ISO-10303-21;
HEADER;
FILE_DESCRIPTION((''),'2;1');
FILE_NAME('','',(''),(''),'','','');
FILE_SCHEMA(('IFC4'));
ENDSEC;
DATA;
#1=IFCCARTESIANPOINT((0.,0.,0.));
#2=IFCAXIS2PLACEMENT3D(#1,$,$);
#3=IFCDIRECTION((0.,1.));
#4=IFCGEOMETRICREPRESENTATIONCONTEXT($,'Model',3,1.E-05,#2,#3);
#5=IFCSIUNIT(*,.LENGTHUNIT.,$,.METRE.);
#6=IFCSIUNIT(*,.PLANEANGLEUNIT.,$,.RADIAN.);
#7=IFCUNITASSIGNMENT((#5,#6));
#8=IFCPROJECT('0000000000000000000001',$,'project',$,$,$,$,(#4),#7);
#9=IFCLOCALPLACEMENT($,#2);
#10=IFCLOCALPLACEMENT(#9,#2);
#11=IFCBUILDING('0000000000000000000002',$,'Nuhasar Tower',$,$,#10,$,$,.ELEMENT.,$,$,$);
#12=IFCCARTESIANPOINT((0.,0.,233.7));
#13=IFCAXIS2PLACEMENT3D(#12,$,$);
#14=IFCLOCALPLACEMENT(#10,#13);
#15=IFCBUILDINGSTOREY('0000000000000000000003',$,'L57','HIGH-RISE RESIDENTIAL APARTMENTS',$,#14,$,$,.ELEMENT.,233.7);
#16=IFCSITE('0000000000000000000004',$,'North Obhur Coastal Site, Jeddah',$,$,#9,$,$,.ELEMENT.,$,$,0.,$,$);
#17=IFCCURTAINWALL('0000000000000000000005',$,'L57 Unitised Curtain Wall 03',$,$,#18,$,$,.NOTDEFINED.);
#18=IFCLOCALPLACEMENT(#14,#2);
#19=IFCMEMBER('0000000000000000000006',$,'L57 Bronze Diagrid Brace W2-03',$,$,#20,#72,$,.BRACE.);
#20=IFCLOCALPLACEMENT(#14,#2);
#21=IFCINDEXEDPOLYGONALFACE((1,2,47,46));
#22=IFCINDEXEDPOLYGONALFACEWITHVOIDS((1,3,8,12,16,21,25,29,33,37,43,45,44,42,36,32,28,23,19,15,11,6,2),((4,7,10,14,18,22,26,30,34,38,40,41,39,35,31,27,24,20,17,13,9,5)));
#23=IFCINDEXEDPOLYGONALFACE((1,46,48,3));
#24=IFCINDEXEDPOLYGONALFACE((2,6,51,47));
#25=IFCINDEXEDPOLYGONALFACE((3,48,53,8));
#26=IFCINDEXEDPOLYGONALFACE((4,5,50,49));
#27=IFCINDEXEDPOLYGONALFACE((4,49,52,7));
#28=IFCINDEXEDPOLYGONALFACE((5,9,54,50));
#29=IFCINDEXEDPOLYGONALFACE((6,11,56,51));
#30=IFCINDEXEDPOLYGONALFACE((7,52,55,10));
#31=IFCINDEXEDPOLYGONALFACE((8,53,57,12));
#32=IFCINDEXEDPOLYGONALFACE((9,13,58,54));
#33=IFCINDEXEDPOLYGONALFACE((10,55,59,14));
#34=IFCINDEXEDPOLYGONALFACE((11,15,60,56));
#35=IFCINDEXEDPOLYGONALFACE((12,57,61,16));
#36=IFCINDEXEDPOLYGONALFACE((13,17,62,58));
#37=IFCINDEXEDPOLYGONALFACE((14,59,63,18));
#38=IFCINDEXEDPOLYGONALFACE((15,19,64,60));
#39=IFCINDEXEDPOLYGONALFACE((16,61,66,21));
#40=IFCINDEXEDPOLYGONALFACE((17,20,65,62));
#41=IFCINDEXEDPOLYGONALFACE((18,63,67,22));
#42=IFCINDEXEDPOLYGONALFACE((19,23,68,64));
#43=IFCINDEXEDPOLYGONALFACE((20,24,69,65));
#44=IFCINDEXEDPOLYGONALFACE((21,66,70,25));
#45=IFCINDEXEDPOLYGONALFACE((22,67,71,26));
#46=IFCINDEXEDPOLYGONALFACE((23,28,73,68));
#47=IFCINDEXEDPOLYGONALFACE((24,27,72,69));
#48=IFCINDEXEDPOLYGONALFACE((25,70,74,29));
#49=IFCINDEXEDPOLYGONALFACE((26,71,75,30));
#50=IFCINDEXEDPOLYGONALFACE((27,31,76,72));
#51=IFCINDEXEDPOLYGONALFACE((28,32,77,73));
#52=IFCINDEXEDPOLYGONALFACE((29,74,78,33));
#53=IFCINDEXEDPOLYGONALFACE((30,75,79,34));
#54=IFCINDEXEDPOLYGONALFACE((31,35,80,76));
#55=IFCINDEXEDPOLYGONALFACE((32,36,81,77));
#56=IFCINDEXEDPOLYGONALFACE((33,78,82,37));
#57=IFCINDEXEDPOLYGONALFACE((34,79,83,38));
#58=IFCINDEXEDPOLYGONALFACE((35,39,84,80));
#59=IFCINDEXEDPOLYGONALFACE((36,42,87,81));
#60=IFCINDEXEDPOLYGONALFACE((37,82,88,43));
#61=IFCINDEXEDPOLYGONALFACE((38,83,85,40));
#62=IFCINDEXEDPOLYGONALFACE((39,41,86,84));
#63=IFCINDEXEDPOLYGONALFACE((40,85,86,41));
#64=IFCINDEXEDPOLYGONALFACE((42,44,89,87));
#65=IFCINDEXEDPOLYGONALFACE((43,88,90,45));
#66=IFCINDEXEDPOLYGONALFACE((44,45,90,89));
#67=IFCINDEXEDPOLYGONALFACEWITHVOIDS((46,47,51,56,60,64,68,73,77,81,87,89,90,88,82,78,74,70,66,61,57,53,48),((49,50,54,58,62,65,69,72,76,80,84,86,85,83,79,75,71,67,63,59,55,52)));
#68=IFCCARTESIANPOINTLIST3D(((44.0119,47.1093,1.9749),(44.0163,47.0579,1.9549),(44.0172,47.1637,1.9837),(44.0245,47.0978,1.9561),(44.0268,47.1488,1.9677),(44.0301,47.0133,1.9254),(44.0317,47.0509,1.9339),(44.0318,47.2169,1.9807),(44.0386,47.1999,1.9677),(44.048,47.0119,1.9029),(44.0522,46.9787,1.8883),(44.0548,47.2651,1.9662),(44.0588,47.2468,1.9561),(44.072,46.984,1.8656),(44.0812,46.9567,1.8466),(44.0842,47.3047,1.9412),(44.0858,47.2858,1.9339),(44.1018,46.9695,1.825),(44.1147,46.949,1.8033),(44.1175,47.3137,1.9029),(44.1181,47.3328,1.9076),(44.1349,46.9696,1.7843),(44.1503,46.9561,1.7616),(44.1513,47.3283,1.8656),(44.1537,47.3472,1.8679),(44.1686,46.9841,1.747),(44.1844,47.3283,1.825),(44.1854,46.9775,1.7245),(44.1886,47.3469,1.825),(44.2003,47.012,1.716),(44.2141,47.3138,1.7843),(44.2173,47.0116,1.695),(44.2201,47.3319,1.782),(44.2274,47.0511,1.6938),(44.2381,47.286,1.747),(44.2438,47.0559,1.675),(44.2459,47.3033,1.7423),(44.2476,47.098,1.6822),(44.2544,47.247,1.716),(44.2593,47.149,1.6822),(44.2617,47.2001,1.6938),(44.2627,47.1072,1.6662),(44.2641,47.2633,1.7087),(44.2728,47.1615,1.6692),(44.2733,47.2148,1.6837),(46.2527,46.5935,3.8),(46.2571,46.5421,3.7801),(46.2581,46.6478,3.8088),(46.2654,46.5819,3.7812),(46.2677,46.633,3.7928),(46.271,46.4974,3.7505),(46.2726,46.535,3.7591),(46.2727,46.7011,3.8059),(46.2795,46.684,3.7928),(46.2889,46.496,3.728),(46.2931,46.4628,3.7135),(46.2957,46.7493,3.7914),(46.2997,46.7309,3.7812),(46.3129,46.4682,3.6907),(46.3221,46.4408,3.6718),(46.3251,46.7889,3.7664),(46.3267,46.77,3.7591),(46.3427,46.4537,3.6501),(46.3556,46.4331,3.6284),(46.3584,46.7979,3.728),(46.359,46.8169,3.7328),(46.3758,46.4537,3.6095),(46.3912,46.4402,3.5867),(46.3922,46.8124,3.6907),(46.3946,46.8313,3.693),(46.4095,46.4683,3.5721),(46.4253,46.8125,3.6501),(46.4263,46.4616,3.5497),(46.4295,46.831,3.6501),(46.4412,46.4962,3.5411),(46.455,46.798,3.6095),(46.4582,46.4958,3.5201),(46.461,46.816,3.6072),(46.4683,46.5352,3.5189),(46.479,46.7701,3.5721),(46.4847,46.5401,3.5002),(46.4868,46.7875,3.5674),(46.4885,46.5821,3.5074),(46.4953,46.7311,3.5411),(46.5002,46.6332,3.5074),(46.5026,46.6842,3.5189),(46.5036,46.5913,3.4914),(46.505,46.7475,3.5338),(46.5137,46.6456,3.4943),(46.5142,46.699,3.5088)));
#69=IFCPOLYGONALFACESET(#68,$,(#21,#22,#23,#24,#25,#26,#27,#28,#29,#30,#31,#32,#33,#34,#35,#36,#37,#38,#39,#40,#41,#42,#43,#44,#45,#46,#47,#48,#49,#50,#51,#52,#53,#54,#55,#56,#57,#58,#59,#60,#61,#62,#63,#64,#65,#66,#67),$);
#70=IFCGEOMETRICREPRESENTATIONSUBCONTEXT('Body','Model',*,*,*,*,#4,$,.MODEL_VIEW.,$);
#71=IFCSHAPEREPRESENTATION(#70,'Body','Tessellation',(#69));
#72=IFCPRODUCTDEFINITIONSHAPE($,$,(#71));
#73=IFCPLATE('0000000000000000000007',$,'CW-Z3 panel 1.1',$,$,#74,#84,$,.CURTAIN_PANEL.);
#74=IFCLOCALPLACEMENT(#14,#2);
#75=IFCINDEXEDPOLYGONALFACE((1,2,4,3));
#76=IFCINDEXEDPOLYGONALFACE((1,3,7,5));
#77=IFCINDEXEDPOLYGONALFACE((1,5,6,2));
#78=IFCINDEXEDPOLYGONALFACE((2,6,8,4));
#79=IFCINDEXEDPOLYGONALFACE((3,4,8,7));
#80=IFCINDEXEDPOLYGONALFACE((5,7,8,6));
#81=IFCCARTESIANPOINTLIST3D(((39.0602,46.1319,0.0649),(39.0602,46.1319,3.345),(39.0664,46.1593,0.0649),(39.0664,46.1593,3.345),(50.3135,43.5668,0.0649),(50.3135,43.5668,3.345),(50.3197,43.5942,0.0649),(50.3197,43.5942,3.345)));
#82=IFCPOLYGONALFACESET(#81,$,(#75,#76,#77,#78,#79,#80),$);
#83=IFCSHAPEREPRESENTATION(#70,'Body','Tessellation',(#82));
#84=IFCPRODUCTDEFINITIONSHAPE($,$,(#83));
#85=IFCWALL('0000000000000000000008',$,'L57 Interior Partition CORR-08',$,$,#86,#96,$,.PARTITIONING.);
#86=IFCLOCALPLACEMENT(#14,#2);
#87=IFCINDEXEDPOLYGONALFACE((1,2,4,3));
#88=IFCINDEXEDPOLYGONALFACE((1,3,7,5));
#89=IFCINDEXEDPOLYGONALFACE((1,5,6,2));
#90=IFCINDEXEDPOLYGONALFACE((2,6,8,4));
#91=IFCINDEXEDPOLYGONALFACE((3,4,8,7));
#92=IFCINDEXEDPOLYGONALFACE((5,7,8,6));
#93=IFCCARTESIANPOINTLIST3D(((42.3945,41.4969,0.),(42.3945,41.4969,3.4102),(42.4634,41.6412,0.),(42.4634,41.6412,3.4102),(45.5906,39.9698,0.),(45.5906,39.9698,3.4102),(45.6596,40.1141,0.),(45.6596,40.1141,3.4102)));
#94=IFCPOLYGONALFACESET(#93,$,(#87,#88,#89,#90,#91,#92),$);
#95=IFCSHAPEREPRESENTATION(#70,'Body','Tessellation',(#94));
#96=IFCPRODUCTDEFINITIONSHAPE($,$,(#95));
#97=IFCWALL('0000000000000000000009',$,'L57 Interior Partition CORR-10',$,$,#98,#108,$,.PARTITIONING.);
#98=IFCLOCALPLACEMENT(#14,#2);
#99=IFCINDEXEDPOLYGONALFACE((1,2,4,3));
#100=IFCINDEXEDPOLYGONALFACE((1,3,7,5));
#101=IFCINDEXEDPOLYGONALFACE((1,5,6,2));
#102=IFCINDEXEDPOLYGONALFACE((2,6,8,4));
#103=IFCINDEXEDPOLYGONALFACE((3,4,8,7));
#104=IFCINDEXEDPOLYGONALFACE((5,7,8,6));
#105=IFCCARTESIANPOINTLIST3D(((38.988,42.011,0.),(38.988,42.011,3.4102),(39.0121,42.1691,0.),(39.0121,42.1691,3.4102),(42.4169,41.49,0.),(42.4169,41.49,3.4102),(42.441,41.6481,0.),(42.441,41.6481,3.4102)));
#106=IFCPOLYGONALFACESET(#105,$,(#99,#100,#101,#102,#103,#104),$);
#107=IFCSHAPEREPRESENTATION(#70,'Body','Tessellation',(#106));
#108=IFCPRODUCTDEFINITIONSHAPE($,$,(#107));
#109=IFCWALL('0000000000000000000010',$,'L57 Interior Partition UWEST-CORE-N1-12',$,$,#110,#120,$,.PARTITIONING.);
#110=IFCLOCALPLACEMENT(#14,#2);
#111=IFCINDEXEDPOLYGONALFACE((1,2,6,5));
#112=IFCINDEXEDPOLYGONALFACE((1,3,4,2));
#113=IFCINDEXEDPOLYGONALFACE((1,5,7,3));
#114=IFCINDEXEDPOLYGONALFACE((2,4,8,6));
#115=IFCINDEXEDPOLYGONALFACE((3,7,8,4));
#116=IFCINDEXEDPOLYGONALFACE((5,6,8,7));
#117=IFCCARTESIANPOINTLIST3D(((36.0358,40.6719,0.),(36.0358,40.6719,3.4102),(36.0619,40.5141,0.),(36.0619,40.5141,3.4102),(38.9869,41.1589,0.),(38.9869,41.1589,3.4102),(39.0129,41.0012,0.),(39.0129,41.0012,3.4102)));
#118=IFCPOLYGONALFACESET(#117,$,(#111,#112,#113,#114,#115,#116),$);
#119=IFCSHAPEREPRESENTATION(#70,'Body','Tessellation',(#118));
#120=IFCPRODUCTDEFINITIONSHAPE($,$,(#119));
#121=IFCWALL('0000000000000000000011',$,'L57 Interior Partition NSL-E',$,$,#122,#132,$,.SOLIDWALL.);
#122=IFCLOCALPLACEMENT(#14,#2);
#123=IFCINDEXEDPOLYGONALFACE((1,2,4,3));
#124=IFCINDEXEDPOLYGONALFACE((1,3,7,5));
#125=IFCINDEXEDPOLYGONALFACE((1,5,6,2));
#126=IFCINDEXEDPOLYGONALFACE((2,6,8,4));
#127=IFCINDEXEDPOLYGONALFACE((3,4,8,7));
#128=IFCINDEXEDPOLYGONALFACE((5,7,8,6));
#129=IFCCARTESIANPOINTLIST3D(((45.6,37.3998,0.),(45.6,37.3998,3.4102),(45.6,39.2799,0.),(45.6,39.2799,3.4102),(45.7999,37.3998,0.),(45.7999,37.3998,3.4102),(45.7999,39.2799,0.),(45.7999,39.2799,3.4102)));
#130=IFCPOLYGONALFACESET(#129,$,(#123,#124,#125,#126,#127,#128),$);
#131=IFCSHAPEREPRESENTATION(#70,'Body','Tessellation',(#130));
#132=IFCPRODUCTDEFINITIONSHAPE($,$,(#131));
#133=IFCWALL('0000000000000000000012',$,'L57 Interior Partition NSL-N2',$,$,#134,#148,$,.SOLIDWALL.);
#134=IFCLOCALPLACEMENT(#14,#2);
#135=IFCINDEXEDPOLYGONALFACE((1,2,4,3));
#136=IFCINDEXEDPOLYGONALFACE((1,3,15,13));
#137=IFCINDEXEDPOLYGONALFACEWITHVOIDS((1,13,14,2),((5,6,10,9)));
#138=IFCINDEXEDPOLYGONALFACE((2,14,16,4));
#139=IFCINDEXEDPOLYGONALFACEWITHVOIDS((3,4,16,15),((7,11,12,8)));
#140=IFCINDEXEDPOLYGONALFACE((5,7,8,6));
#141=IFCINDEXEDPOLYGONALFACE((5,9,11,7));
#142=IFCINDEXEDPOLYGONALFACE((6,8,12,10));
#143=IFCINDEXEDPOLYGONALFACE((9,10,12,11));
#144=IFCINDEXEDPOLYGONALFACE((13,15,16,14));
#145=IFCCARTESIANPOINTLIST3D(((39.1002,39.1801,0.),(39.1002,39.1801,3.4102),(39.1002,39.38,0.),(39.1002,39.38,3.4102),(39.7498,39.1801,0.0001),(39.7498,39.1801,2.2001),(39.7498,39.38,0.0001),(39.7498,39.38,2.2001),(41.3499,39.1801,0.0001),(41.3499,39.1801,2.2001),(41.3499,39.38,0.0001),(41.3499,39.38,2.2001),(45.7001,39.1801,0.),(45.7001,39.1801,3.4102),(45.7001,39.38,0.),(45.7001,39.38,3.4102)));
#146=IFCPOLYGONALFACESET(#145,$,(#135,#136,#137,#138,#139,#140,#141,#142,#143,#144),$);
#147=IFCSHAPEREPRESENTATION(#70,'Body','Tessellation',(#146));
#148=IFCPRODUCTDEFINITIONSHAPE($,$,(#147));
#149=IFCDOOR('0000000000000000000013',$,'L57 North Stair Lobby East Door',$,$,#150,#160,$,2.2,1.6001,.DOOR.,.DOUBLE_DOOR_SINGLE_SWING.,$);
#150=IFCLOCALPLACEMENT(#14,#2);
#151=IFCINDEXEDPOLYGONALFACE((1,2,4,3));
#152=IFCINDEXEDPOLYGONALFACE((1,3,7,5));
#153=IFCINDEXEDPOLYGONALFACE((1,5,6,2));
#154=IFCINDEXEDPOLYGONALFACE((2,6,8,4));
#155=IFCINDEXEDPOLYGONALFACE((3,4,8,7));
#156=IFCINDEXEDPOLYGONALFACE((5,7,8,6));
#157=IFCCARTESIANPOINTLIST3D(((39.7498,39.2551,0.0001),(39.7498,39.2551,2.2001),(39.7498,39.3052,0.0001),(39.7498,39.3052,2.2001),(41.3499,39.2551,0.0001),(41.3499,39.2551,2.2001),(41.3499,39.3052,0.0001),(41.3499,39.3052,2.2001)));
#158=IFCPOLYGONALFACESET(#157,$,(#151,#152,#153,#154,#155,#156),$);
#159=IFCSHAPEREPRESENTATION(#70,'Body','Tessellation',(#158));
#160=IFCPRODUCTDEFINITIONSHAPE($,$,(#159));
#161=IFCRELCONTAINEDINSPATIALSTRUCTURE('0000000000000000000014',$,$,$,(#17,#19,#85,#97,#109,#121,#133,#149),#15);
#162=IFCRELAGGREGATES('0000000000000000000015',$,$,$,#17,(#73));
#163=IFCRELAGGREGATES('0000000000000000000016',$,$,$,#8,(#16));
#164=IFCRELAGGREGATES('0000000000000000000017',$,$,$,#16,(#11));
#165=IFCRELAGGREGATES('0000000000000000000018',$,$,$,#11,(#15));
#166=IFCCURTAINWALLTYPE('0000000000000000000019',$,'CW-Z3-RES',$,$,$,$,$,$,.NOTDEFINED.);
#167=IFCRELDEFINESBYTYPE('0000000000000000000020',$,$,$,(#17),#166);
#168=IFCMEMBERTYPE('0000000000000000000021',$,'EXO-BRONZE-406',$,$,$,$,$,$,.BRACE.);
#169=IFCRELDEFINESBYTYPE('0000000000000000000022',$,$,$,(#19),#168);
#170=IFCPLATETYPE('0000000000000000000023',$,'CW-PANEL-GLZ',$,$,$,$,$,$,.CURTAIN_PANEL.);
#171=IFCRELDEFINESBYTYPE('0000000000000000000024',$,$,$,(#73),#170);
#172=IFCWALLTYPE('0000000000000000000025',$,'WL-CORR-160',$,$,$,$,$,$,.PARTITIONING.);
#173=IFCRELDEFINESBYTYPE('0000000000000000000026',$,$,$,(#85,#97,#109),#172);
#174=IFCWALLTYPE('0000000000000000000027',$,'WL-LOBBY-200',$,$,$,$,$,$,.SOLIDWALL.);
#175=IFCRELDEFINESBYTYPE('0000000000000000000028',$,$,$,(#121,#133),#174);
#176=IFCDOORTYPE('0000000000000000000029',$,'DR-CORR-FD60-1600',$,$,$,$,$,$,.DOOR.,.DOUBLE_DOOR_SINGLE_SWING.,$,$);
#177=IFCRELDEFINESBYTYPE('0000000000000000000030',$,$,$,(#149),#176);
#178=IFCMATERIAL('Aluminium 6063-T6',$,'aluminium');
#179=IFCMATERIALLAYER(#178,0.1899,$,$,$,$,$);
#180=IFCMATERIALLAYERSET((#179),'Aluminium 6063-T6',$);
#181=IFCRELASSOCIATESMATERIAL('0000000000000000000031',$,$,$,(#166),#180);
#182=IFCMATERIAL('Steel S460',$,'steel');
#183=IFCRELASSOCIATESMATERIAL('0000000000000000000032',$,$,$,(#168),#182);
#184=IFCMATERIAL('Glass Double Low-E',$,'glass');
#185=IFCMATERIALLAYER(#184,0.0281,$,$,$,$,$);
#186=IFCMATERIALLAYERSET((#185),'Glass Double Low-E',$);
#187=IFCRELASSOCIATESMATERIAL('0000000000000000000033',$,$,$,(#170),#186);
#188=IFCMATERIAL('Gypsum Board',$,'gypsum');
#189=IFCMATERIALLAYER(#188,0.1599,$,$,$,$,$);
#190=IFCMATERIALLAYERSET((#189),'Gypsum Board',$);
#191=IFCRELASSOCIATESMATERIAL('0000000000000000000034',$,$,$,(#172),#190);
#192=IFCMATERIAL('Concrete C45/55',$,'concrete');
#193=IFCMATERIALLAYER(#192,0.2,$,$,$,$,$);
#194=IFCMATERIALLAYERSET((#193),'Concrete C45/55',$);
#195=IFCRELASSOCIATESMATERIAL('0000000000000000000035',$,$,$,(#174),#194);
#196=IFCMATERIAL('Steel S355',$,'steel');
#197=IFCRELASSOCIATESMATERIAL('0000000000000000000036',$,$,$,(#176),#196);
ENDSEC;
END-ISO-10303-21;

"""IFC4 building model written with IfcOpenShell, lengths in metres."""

from ifc_helpers import new_model, si_unit, direction, frame, frame_2d, origin, origin_2d, place, context, subcontext, project, spatial, rectangle, hollow_circle, extrude, material, layer, layer_set, material_profile, profile_set, type_object, element, fill, aggregate, save


model = new_model("IFC4")

# Units and contexts
model_context = context("Model", 3, precision=1e-05, world=origin(), true_north=direction((0.0, 1.0)))
body_context = subcontext(model_context, "Body", "Model", "MODEL_VIEW")
ifc_project = project(units=[si_unit("LENGTHUNIT", "METRE"), si_unit("PLANEANGLEUNIT", "RADIAN")], contexts=[model_context])

# Site, building, storey
site_placement = place(None, origin())
site = spatial("IfcSite", under=ifc_project, at=site_placement, Name="North Obhur Coastal Site, Jeddah", CompositionType="ELEMENT", RefElevation=0.0)
building_placement = place(site_placement, origin())
building = spatial("IfcBuilding", under=site, at=building_placement, Name="Nuhasar Tower", CompositionType="ELEMENT")
storey_placement = place(building_placement, frame((0.0, 0.0, 233.7)))
storey = spatial("IfcBuildingStorey", under=building, at=storey_placement, Name="L57", Description="HIGH-RISE RESIDENTIAL APARTMENTS", CompositionType="ELEMENT", Elevation=233.7)

# Shared definitions
ifc_material_1 = material(Name="Steel S355", Category="steel")

# Curtain wall
ifc_material_2 = material(Name="Aluminium 6063-T6", Category="aluminium")
ifc_layer_1 = layer(ifc_material_2, 0.1899)
ifc_layer_set_1 = layer_set([ifc_layer_1], Name="Aluminium 6063-T6")
curtain_wall_type = type_object("IfcCurtainWallType", Name="CW-Z3-RES", PredefinedType="NOTDEFINED", material=ifc_layer_set_1)
curtain_wall_placement = place(storey_placement, origin())
curtain_wall = element("IfcCurtainWall", 1, at=curtain_wall_placement, inside=storey, type_object=curtain_wall_type, Name="L57 Unitised Curtain Wall 03", PredefinedType="NOTDEFINED")

# Member
ifc_material_3 = material(Name="Steel S460", Category="steel")
ifc_material_profile_1 = material_profile(ifc_material_3, hollow_circle(Radius=0.2031, WallThickness=0.019, at=origin_2d()), Name="HSS406.4X19.1")
ifc_profile_set_1 = profile_set([ifc_material_profile_1], Name="Steel S460")
member_type_1 = type_object("IfcMemberType", Name="EXO-BRONZE-406", PredefinedType="BRACE", material=ifc_profile_set_1)
for number, where, z_axis, x_axis, name in (
    (2, (44.1431, 47.1489, 1.825), (0.763303, -0.175712, 0.621686), (0.224332, 0.974513, 0.0), "L57 Bronze Diagrid Brace W2-03"),
):
    element("IfcMember", number, at=place(storey_placement, frame(where, z_axis=z_axis, x_axis=x_axis)), inside=storey, type_object=member_type_1, Name=name, PredefinedType="BRACE", context=body_context, shape_type="SweptSolid", body=[
        extrude(hollow_circle(Radius=0.2031, WallThickness=0.019, at=origin_2d()), origin(), (0.0, 0.0, 1.0), 2.9358),
    ])

# Plate
ifc_material_4 = material(Name="Glass Double Low-E", Category="glass")
ifc_layer_2 = layer(ifc_material_4, 0.0281)
ifc_layer_set_2 = layer_set([ifc_layer_2], Name="Glass Double Low-E")
plate_type = type_object("IfcPlateType", Name="CW-PANEL-GLZ", PredefinedType="CURTAIN_PANEL", material=ifc_layer_set_2)
plate_placement = place(storey_placement, frame((44.6899, 44.863, 0.0649), z_axis=(0.0, 0.0, 1.0), x_axis=(-0.974991, 0.222243, 0.0)))
plate = element("IfcPlate", 3, at=plate_placement, type_object=plate_type, Name="CW-Z3 panel 1.1", PredefinedType="CURTAIN_PANEL", context=body_context, shape_type="SweptSolid", body=[
    extrude(rectangle(XDim=11.542, YDim=0.0281, at=origin_2d()), origin(), (0.0, 0.0, 1.0), 3.28),
])
aggregate(curtain_wall, [plate])

# Walls
ifc_material_5 = material(Name="Gypsum Board", Category="gypsum")
ifc_layer_3 = layer(ifc_material_5, 0.1599)
ifc_layer_set_3 = layer_set([ifc_layer_3], Name="Gypsum Board")
wall_type_1 = type_object("IfcWallType", Name="WL-CORR-160", PredefinedType="PARTITIONING", material=ifc_layer_set_3)
wall_1_placement = place(storey_placement, frame((45.625, 40.042, 0.0), z_axis=(0.0, 0.0, 1.0), x_axis=(-0.902293, 0.431124, 0.0)))
element("IfcWall", 4, at=wall_1_placement, inside=storey, type_object=wall_type_1, Name="L57 Interior Partition CORR-08", PredefinedType="PARTITIONING", context=body_context, shape_type="SweptSolid", body=[
    extrude(rectangle(XDim=3.5422, YDim=0.1599, at=frame_2d((1.771, 0.0))), origin(), (0.0, 0.0, 1.0), 3.4102),
])
wall_2_placement = place(storey_placement, frame((42.429, 41.5691, 0.0), z_axis=(0.0, 0.0, 1.0), x_axis=(-0.988653, 0.150216, 0.0)))
element("IfcWall", 5, at=wall_2_placement, inside=storey, type_object=wall_type_1, Name="L57 Interior Partition CORR-10", PredefinedType="PARTITIONING", context=body_context, shape_type="SweptSolid", body=[
    extrude(rectangle(XDim=3.4683, YDim=0.1599, at=frame_2d((1.7341, 0.0))), origin(), (0.0, 0.0, 1.0), 3.4102),
])
wall_3_placement = place(storey_placement, frame((39.0, 41.0801, 0.0), z_axis=(0.0, 0.0, 1.0), x_axis=(-0.986651, -0.16285, 0.0)))
element("IfcWall", 6, at=wall_3_placement, inside=storey, type_object=wall_type_1, Name="L57 Interior Partition UWEST-CORE-N1-12", PredefinedType="PARTITIONING", context=body_context, shape_type="SweptSolid", body=[
    extrude(rectangle(XDim=2.991, YDim=0.1599, at=frame_2d((1.4956, 0.0))), origin(), (0.0, 0.0, 1.0), 3.4102),
])
ifc_material_6 = material(Name="Concrete C45/55", Category="concrete")
ifc_layer_4 = layer(ifc_material_6, 0.2)
ifc_layer_set_4 = layer_set([ifc_layer_4], Name="Concrete C45/55")
wall_type_2 = type_object("IfcWallType", Name="WL-LOBBY-200", PredefinedType="SOLIDWALL", material=ifc_layer_set_4)
wall_4_placement = place(storey_placement, frame((45.7, 37.3999, 0.0), z_axis=(0.0, 0.0, 1.0), x_axis=(0.0, 1.0, 0.0)))
element("IfcWall", 7, at=wall_4_placement, inside=storey, type_object=wall_type_2, Name="L57 Interior Partition NSL-E", PredefinedType="SOLIDWALL", context=body_context, shape_type="SweptSolid", body=[
    extrude(rectangle(XDim=1.8801, YDim=0.2, at=frame_2d((0.9399, 0.0))), origin(), (0.0, 0.0, 1.0), 3.4102),
])

# Wall, opening, door
wall_5_placement = place(storey_placement, frame((45.7, 39.28, 0.0), z_axis=(0.0, 0.0, 1.0), x_axis=(-1.0, 0.0, 0.0)))
wall_5 = element("IfcWall", 8, at=wall_5_placement, inside=storey, type_object=wall_type_2, Name="L57 Interior Partition NSL-N2", PredefinedType="SOLIDWALL", context=body_context, shape_type="SweptSolid", body=[
    extrude(rectangle(XDim=6.5999, YDim=0.2, at=frame_2d((3.2998, 0.0))), origin(), (0.0, 0.0, 1.0), 3.4102),
])
opening_1_placement = place(wall_5_placement, frame((4.3501, 0.0, 0.0)))
opening_1 = element("IfcOpeningElement", 9, at=opening_1_placement, cuts=wall_5, PredefinedType="OPENING", context=body_context, shape_type="SweptSolid", body=[
    extrude(rectangle(XDim=1.6001, YDim=2.2, at=frame_2d((0.8, 1.1001))), frame((0.0, 0.1099, 0.0), z_axis=(0.0, -1.0, 0.0), x_axis=(1.0, 0.0, 0.0)), (0.0, 0.0, 1.0), 0.22),
])
door_type_1 = type_object("IfcDoorType", Name="DR-CORR-FD60-1600", OperationType="DOUBLE_DOOR_SINGLE_SWING", PredefinedType="DOOR", material=ifc_material_1)
door_1_placement = place(opening_1_placement, origin())
door_1 = element("IfcDoor", 10, at=door_1_placement, inside=storey, type_object=door_type_1, Name="L57 North Stair Lobby East Door", OperationType="DOUBLE_DOOR_SINGLE_SWING", OverallHeight=2.2, OverallWidth=1.6001, PredefinedType="DOOR", context=body_context, shape_type="SweptSolid", body=[
    extrude(rectangle(XDim=1.6001, YDim=2.2, at=frame_2d((0.8, 1.1001))), frame((0.0, 0.0249, 0.0), z_axis=(0.0, -1.0, 0.0), x_axis=(1.0, 0.0, 0.0)), (0.0, 0.0, 1.0), 0.05),
])
fill(opening_1, door_1)

save(model, "model.ifc")
